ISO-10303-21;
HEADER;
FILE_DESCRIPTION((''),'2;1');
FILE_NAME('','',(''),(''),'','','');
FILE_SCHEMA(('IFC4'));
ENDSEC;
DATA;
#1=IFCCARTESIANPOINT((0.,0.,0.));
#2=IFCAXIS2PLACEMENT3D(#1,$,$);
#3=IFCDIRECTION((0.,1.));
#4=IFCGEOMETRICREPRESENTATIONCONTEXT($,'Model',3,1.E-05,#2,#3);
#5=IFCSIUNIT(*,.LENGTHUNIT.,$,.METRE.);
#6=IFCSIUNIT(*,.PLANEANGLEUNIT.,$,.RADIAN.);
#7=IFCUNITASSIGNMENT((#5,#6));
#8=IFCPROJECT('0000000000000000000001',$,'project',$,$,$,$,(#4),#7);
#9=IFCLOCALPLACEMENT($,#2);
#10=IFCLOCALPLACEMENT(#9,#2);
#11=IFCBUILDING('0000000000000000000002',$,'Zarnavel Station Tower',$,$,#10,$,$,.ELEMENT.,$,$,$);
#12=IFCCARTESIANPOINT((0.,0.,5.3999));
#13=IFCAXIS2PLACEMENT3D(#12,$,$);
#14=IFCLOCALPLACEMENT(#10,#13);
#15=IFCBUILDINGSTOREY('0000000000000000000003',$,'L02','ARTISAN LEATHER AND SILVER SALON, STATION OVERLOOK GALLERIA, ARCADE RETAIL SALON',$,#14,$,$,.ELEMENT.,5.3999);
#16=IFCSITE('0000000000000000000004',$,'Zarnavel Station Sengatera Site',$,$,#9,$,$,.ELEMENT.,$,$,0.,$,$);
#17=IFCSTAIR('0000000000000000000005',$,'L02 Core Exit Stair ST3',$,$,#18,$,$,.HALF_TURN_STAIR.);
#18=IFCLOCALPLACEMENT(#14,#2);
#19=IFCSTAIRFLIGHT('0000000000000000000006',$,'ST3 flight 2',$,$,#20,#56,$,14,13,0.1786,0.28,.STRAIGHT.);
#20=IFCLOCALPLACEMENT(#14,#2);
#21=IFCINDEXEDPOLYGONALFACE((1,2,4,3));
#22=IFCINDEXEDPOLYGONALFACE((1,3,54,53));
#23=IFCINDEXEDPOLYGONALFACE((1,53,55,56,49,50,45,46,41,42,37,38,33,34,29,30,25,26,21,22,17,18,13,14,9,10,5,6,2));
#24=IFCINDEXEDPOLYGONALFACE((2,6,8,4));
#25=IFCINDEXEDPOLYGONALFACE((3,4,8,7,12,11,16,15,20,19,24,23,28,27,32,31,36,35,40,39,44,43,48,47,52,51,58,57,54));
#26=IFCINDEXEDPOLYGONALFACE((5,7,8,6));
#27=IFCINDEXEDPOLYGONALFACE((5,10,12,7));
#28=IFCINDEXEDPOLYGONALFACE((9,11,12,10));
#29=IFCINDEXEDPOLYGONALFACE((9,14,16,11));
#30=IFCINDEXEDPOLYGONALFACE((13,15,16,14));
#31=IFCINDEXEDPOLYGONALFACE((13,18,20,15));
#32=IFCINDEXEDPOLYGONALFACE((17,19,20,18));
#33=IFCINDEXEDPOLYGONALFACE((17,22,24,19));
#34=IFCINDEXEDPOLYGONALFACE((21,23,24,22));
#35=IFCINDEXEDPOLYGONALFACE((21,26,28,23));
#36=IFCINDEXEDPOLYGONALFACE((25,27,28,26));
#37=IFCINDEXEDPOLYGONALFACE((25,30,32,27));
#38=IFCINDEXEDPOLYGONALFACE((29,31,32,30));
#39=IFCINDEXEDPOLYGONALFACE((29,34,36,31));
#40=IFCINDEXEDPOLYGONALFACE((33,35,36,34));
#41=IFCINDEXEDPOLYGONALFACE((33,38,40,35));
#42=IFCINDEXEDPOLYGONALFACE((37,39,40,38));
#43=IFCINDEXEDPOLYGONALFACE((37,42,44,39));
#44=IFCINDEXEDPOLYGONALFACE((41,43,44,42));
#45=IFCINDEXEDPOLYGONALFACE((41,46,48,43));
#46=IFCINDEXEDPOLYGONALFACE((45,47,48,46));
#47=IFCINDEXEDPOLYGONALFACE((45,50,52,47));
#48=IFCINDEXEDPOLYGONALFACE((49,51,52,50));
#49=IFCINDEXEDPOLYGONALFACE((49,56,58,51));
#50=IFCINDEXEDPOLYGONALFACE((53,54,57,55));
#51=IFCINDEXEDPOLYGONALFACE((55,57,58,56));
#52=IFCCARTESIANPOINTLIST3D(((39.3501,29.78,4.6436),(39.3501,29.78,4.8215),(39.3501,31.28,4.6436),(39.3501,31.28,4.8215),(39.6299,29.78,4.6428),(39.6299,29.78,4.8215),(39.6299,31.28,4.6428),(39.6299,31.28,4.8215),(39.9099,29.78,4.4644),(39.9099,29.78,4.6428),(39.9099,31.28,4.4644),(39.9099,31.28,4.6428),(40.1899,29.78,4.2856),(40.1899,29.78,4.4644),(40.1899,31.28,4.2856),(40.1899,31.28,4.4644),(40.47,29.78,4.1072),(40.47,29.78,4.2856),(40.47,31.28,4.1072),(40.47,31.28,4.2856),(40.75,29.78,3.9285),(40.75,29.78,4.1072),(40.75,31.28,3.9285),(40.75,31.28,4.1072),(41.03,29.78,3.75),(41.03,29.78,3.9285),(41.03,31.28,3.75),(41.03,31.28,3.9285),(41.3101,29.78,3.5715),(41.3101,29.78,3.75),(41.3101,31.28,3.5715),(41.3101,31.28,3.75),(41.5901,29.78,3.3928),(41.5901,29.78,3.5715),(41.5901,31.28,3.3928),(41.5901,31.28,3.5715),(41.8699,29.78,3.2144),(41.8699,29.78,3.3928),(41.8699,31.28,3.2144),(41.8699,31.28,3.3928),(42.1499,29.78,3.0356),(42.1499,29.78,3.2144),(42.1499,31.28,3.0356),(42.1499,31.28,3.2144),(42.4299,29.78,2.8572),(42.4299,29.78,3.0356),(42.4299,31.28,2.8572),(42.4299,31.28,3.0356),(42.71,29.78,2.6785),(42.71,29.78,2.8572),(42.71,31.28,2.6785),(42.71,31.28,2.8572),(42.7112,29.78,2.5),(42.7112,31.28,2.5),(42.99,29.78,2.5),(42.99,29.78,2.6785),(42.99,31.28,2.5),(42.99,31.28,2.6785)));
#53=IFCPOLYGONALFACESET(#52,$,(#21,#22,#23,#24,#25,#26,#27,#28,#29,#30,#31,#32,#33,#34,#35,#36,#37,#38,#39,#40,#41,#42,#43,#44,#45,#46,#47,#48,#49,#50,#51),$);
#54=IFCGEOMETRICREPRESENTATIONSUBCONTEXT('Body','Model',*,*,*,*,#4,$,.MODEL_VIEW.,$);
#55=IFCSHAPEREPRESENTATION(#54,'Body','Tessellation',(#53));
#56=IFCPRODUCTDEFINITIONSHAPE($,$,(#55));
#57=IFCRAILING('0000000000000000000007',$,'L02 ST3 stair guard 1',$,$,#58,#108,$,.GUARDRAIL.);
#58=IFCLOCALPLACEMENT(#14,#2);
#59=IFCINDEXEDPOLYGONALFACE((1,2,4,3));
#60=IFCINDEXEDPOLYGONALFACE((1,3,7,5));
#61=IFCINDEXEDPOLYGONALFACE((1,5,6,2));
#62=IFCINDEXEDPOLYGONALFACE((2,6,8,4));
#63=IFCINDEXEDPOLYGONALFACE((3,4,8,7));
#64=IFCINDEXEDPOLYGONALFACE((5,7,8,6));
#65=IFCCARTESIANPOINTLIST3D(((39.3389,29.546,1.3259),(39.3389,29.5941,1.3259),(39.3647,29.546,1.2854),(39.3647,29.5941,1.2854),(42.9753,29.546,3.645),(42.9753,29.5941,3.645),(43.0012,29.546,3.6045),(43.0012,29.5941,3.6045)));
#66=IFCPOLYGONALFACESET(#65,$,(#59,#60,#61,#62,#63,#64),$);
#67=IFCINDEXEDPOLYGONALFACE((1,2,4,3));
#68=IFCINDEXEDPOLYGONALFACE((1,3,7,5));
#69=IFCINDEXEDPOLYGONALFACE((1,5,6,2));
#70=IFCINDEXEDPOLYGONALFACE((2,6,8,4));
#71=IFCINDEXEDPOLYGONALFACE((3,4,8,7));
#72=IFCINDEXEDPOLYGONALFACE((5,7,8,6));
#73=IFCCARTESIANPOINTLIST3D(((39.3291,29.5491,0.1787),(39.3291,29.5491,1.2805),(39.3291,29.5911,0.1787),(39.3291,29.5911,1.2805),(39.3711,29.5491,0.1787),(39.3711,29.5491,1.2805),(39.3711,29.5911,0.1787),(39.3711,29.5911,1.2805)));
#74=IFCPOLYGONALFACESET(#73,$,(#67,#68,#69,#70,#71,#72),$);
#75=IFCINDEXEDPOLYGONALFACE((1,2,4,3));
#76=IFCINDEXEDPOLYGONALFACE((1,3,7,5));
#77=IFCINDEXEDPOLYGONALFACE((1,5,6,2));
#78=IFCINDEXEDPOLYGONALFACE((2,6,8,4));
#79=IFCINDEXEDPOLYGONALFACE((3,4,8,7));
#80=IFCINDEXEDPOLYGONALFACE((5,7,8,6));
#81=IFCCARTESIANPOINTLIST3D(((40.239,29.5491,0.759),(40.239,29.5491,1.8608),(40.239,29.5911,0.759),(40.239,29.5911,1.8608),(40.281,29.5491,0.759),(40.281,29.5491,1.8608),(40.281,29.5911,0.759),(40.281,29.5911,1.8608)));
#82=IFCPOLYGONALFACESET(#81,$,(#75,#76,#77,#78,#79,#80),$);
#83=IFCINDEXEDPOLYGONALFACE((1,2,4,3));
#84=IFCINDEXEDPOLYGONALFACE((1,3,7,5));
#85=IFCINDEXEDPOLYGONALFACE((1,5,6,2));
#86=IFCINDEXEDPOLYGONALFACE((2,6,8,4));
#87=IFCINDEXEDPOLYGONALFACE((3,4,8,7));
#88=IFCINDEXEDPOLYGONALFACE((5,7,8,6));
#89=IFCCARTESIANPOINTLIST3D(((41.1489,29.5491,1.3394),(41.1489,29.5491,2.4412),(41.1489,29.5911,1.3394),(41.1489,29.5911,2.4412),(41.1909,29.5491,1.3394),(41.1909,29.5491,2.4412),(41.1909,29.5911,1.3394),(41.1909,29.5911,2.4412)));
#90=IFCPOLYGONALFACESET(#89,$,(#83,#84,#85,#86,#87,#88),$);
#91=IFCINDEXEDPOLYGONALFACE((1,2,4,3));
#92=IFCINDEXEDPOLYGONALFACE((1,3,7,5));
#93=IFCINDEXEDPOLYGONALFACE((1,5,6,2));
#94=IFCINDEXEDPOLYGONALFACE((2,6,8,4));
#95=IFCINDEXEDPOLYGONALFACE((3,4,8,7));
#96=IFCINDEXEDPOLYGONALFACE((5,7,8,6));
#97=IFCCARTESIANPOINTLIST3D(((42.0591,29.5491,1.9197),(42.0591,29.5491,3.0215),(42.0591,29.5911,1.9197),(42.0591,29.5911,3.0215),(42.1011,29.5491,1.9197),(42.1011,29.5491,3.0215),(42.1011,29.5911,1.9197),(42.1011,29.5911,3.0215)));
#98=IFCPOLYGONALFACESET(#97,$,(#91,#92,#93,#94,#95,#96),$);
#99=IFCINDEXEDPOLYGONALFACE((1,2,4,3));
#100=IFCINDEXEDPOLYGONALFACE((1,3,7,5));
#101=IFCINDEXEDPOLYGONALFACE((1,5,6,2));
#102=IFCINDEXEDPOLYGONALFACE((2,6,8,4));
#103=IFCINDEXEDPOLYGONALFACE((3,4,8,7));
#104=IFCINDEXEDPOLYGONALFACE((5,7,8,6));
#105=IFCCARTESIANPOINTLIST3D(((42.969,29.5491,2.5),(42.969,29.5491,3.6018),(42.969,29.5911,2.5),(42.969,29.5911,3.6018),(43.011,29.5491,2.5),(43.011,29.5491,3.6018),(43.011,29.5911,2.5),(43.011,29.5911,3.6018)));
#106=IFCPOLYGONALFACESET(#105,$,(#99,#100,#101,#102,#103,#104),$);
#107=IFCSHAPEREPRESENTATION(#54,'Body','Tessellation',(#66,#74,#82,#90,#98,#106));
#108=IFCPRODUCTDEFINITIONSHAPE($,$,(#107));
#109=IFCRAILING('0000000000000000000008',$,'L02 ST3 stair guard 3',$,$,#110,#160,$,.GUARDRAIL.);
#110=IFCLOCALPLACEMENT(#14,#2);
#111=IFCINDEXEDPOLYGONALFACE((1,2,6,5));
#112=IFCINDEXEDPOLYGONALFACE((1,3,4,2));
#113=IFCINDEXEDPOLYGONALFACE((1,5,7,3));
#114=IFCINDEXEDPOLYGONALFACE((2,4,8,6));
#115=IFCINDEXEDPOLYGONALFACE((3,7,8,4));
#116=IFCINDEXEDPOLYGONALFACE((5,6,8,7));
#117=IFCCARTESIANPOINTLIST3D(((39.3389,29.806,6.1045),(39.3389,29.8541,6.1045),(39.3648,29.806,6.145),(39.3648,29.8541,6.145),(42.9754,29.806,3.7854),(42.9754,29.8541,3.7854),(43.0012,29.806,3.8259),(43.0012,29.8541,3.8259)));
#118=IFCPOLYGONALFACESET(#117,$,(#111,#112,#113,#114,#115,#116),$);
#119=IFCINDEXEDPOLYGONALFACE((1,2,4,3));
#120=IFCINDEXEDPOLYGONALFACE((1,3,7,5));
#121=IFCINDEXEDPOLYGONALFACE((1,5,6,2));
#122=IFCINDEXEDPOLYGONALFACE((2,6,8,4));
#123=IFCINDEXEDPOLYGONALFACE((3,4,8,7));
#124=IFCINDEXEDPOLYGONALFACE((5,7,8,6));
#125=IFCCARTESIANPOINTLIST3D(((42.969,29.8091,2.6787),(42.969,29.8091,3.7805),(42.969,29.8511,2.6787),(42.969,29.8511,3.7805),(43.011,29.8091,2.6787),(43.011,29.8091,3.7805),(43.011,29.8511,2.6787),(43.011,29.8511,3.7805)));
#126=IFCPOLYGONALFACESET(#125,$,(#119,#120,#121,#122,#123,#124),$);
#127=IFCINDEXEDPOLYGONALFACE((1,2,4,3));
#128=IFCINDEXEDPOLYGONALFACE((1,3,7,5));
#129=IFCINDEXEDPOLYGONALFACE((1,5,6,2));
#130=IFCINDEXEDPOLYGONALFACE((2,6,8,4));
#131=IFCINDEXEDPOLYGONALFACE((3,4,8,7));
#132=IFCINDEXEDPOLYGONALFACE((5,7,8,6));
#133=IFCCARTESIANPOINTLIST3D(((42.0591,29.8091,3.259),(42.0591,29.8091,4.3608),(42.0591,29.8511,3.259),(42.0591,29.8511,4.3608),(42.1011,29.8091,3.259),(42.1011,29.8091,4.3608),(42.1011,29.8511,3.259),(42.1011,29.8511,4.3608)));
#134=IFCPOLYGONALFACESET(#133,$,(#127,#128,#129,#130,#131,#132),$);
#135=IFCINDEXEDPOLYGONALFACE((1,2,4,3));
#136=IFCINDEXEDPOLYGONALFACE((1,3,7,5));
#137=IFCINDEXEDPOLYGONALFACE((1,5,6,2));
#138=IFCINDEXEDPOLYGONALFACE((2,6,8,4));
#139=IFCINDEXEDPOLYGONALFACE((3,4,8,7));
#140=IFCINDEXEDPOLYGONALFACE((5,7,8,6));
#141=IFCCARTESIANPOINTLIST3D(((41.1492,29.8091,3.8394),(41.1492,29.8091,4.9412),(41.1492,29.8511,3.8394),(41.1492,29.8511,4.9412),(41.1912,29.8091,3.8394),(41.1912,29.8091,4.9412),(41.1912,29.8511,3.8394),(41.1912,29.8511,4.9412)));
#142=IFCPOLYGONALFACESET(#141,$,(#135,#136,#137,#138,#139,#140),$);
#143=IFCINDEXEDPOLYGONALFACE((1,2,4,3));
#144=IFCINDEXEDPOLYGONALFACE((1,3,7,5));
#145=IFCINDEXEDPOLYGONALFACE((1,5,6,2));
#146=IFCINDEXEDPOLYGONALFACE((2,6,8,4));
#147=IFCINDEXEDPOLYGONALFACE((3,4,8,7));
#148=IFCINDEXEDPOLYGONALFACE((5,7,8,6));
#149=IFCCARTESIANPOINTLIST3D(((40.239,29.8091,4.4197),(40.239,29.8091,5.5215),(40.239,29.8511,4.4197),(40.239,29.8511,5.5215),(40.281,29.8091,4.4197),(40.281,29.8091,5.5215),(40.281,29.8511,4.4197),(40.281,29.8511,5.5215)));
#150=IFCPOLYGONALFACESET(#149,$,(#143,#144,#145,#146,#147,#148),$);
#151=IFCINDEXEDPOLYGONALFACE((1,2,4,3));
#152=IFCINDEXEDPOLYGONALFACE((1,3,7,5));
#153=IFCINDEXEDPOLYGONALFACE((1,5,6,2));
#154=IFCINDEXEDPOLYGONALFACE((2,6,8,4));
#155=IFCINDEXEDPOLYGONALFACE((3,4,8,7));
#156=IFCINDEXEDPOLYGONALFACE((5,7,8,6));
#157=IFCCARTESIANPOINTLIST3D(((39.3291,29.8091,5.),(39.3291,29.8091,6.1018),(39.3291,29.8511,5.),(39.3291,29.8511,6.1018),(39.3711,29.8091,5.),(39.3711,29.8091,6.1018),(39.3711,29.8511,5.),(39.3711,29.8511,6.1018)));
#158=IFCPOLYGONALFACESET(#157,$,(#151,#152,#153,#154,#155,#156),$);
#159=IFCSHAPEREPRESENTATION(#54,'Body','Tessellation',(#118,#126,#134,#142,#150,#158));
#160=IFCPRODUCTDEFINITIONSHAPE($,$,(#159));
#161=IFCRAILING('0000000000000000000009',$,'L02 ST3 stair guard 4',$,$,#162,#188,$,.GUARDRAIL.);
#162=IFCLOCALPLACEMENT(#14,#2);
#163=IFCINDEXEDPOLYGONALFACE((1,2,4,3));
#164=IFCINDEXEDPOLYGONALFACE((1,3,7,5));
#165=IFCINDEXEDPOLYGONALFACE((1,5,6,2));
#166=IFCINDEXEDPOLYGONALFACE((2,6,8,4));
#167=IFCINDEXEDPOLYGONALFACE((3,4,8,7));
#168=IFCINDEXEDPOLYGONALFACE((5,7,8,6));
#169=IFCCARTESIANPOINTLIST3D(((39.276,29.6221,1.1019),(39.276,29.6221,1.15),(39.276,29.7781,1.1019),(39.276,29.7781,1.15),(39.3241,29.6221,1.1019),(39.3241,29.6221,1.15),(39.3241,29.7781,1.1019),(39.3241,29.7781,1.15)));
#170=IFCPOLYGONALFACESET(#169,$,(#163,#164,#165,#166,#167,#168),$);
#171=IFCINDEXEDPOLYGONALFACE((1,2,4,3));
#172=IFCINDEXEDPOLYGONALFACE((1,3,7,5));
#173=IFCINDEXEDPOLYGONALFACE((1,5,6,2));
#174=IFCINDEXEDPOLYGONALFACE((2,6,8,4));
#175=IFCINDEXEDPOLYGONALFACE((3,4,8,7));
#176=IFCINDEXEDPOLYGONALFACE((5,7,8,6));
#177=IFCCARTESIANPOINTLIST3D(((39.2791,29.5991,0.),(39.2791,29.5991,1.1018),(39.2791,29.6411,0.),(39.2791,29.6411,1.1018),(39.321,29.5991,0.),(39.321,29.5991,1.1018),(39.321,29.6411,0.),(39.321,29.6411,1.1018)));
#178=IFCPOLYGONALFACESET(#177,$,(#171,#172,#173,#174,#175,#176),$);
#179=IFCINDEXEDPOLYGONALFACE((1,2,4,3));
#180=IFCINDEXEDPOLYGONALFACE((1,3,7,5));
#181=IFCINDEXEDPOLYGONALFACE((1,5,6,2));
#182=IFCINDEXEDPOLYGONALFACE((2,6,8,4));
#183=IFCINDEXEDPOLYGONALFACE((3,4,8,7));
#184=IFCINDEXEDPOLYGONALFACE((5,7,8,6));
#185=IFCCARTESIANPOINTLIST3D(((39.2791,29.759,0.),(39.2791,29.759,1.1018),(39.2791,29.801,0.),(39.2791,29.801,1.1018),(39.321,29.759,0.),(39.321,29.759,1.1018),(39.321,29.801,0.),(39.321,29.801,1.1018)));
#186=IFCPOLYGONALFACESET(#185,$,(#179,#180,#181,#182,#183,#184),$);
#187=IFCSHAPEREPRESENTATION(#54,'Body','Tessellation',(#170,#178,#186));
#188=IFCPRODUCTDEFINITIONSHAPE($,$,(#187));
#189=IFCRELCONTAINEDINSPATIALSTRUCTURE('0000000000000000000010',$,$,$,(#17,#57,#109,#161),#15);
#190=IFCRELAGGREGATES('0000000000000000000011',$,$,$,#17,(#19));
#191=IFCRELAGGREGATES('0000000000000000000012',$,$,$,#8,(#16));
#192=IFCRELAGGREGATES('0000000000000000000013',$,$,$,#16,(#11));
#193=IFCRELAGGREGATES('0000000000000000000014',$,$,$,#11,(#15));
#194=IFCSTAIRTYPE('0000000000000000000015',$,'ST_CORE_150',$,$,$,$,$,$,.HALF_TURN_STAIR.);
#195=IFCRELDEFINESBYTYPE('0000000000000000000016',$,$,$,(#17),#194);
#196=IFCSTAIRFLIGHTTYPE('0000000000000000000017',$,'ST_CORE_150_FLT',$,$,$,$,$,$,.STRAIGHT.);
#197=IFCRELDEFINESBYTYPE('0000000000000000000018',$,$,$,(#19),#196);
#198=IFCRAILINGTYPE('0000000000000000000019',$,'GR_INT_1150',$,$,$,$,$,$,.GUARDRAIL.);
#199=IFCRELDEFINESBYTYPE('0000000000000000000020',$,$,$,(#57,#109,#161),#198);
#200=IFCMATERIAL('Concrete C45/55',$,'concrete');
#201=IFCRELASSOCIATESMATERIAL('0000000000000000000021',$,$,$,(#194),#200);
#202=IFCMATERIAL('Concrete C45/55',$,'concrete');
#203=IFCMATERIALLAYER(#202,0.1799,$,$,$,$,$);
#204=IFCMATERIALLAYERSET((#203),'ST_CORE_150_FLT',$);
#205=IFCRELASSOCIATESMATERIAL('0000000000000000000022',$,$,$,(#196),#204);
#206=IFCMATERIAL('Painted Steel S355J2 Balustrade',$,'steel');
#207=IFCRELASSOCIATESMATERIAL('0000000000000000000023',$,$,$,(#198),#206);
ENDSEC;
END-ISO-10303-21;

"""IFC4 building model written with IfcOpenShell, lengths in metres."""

from ifc_helpers import new_model, si_unit, direction, frame, origin, origin_2d, place, context, subcontext, project, spatial, polyline, rectangle, outline, extrude, material, layer, layer_set, type_object, element, aggregate, save


model = new_model("IFC4")

# Units and contexts
model_context = context("Model", 3, precision=1e-05, world=origin(), true_north=direction((0.0, 1.0)))
body_context = subcontext(model_context, "Body", "Model", "MODEL_VIEW")
ifc_project = project(units=[si_unit("LENGTHUNIT", "METRE"), si_unit("PLANEANGLEUNIT", "RADIAN")], contexts=[model_context])

# Site, building, storey
site_placement = place(None, origin())
site = spatial("IfcSite", under=ifc_project, at=site_placement, Name="Zarnavel Station Sengatera Site", CompositionType="ELEMENT", RefElevation=0.0)
building_placement = place(site_placement, origin())
building = spatial("IfcBuilding", under=site, at=building_placement, Name="Zarnavel Station Tower", CompositionType="ELEMENT")
storey_placement = place(building_placement, frame((0.0, 0.0, 5.3999)))
storey = spatial("IfcBuildingStorey", under=building, at=storey_placement, Name="L02", Description="ARTISAN LEATHER AND SILVER SALON, STATION OVERLOOK GALLERIA, ARCADE RETAIL SALON", CompositionType="ELEMENT", Elevation=5.3999)

# Stair, stair flight
ifc_material_1 = material(Name="Concrete C45/55", Category="concrete")
stair_type = type_object("IfcStairType", Name="ST_CORE_150", PredefinedType="HALF_TURN_STAIR", material=ifc_material_1)
stair_placement = place(storey_placement, origin())
stair = element("IfcStair", 1, at=stair_placement, inside=storey, type_object=stair_type, Name="L02 Core Exit Stair ST3", PredefinedType="HALF_TURN_STAIR")
ifc_material_2 = material(Name="Concrete C45/55", Category="concrete")
ifc_layer_1 = layer(ifc_material_2, 0.1799)
ifc_layer_set_1 = layer_set([ifc_layer_1], Name="ST_CORE_150_FLT")
stair_flight_type = type_object("IfcStairFlightType", Name="ST_CORE_150_FLT", PredefinedType="STRAIGHT", material=ifc_layer_set_1)
stair_flight_1_placement = place(storey_placement, frame((42.99, 30.53, 2.5), z_axis=(0.0, 0.0, 1.0), x_axis=(-1.0, 0.0, 0.0)))
stair_flight_1 = element("IfcStairFlight", 2, at=stair_flight_1_placement, type_object=stair_flight_type, Name="ST3 flight 2", NumberOfRisers=14, NumberOfTreads=13, PredefinedType="STRAIGHT", RiserHeight=0.1786, TreadLength=0.28, context=body_context, shape_type="SweptSolid", body=[
    extrude(outline(polyline([(0.0, 0.0), (0.0, 0.1785), (0.28, 0.1785), (0.28, 0.3572), (0.5601, 0.3572), (0.5601, 0.5356), (0.8401, 0.5356), (0.8401, 0.7144), (1.1201, 0.7144), (1.1201, 0.8928), (1.3999, 0.8928), (1.3999, 1.0715), (1.6799, 1.0715), (1.6799, 1.25), (1.96, 1.25), (1.96, 1.4285), (2.24, 1.4285), (2.24, 1.6072), (2.52, 1.6072), (2.52, 1.7856), (2.8, 1.7856), (2.8, 1.9644), (3.0801, 1.9644), (3.0801, 2.1428), (3.3601, 2.1428), (3.3601, 2.3215), (3.6399, 2.3215), (3.6399, 2.5), (3.6399, 2.1436), (0.2788, 0.0), (0.0, 0.0)])), frame((0.0, 0.75, 0.0), z_axis=(0.0, -1.0, 0.0), x_axis=(1.0, 0.0, 0.0)), (0.0, 0.0, 1.0), 1.5),
])
aggregate(stair, [stair_flight_1])

# Railings
ifc_material_3 = material(Name="Painted Steel S355J2 Balustrade", Category="steel")
railing_type_1 = type_object("IfcRailingType", Name="GR_INT_1150", PredefinedType="GUARDRAIL", material=ifc_material_3)
railing_1_placement = place(storey_placement, frame((39.3501, 29.5701, 0.1787)))
element("IfcRailing", 3, at=railing_1_placement, inside=storey, type_object=railing_type_1, Name="L02 ST3 stair guard 1", PredefinedType="GUARDRAIL", context=body_context, shape_type="SweptSolid", body=[
    extrude(rectangle(XDim=0.0481, YDim=0.0481, at=origin_2d()), frame((0.0017, 0.0, 1.127), z_axis=(0.843137, 0.0, 0.537699), x_axis=(0.0, 1.0, 0.0)), (0.0, 0.0, 1.0), 4.313),
    extrude(rectangle(XDim=0.042, YDim=0.042, at=origin_2d()), origin(), (0.0, 0.0, 1.0), 1.1018),
    extrude(rectangle(XDim=0.042, YDim=0.042, at=origin_2d()), frame((0.9099, 0.0, 0.5803)), (0.0, 0.0, 1.0), 1.1018),
    extrude(rectangle(XDim=0.042, YDim=0.042, at=origin_2d()), frame((1.8198, 0.0, 1.1606)), (0.0, 0.0, 1.0), 1.1018),
    extrude(rectangle(XDim=0.042, YDim=0.042, at=origin_2d()), frame((2.73, 0.0, 1.741)), (0.0, 0.0, 1.0), 1.1018),
    extrude(rectangle(XDim=0.042, YDim=0.042, at=origin_2d()), frame((3.6399, 0.0, 2.3213)), (0.0, 0.0, 1.0), 1.1018),
])
railing_2_placement = place(storey_placement, frame((42.99, 29.8301, 2.6787)))
element("IfcRailing", 4, at=railing_2_placement, inside=storey, type_object=railing_type_1, Name="L02 ST3 stair guard 3", PredefinedType="GUARDRAIL", context=body_context, shape_type="SweptSolid", body=[
    extrude(rectangle(XDim=0.0481, YDim=0.0481, at=origin_2d()), frame((-0.0017, 0.0, 1.127), z_axis=(-0.843137, 0.0, 0.537699), x_axis=(0.0, -1.0, 0.0)), (0.0, 0.0, 1.0), 4.313),
    extrude(rectangle(XDim=0.042, YDim=0.042, at=origin_2d()), origin(), (0.0, 0.0, 1.0), 1.1018),
    extrude(rectangle(XDim=0.042, YDim=0.042, at=origin_2d()), frame((-0.9099, 0.0, 0.5803)), (0.0, 0.0, 1.0), 1.1018),
    extrude(rectangle(XDim=0.042, YDim=0.042, at=origin_2d()), frame((-1.8198, 0.0, 1.1606)), (0.0, 0.0, 1.0), 1.1018),
    extrude(rectangle(XDim=0.042, YDim=0.042, at=origin_2d()), frame((-2.73, 0.0, 1.741)), (0.0, 0.0, 1.0), 1.1018),
    extrude(rectangle(XDim=0.042, YDim=0.042, at=origin_2d()), frame((-3.6399, 0.0, 2.3213)), (0.0, 0.0, 1.0), 1.1018),
])
railing_3_placement = place(storey_placement, frame((39.3, 29.6201, 0.0)))
element("IfcRailing", 5, at=railing_3_placement, inside=storey, type_object=railing_type_1, Name="L02 ST3 stair guard 4", PredefinedType="GUARDRAIL", context=body_context, shape_type="SweptSolid", body=[
    extrude(rectangle(XDim=0.0481, YDim=0.0481, at=origin_2d()), frame((0.0, 0.002, 1.126), z_axis=(0.0, 1.0, 0.0), x_axis=(-1.0, 0.0, 0.0)), (0.0, 0.0, 1.0), 0.156),
    extrude(rectangle(XDim=0.042, YDim=0.042, at=origin_2d()), origin(), (0.0, 0.0, 1.0), 1.1018),
    extrude(rectangle(XDim=0.042, YDim=0.042, at=origin_2d()), frame((0.0, 0.1599, 0.0)), (0.0, 0.0, 1.0), 1.1018),
])

save(model, "model.ifc")
